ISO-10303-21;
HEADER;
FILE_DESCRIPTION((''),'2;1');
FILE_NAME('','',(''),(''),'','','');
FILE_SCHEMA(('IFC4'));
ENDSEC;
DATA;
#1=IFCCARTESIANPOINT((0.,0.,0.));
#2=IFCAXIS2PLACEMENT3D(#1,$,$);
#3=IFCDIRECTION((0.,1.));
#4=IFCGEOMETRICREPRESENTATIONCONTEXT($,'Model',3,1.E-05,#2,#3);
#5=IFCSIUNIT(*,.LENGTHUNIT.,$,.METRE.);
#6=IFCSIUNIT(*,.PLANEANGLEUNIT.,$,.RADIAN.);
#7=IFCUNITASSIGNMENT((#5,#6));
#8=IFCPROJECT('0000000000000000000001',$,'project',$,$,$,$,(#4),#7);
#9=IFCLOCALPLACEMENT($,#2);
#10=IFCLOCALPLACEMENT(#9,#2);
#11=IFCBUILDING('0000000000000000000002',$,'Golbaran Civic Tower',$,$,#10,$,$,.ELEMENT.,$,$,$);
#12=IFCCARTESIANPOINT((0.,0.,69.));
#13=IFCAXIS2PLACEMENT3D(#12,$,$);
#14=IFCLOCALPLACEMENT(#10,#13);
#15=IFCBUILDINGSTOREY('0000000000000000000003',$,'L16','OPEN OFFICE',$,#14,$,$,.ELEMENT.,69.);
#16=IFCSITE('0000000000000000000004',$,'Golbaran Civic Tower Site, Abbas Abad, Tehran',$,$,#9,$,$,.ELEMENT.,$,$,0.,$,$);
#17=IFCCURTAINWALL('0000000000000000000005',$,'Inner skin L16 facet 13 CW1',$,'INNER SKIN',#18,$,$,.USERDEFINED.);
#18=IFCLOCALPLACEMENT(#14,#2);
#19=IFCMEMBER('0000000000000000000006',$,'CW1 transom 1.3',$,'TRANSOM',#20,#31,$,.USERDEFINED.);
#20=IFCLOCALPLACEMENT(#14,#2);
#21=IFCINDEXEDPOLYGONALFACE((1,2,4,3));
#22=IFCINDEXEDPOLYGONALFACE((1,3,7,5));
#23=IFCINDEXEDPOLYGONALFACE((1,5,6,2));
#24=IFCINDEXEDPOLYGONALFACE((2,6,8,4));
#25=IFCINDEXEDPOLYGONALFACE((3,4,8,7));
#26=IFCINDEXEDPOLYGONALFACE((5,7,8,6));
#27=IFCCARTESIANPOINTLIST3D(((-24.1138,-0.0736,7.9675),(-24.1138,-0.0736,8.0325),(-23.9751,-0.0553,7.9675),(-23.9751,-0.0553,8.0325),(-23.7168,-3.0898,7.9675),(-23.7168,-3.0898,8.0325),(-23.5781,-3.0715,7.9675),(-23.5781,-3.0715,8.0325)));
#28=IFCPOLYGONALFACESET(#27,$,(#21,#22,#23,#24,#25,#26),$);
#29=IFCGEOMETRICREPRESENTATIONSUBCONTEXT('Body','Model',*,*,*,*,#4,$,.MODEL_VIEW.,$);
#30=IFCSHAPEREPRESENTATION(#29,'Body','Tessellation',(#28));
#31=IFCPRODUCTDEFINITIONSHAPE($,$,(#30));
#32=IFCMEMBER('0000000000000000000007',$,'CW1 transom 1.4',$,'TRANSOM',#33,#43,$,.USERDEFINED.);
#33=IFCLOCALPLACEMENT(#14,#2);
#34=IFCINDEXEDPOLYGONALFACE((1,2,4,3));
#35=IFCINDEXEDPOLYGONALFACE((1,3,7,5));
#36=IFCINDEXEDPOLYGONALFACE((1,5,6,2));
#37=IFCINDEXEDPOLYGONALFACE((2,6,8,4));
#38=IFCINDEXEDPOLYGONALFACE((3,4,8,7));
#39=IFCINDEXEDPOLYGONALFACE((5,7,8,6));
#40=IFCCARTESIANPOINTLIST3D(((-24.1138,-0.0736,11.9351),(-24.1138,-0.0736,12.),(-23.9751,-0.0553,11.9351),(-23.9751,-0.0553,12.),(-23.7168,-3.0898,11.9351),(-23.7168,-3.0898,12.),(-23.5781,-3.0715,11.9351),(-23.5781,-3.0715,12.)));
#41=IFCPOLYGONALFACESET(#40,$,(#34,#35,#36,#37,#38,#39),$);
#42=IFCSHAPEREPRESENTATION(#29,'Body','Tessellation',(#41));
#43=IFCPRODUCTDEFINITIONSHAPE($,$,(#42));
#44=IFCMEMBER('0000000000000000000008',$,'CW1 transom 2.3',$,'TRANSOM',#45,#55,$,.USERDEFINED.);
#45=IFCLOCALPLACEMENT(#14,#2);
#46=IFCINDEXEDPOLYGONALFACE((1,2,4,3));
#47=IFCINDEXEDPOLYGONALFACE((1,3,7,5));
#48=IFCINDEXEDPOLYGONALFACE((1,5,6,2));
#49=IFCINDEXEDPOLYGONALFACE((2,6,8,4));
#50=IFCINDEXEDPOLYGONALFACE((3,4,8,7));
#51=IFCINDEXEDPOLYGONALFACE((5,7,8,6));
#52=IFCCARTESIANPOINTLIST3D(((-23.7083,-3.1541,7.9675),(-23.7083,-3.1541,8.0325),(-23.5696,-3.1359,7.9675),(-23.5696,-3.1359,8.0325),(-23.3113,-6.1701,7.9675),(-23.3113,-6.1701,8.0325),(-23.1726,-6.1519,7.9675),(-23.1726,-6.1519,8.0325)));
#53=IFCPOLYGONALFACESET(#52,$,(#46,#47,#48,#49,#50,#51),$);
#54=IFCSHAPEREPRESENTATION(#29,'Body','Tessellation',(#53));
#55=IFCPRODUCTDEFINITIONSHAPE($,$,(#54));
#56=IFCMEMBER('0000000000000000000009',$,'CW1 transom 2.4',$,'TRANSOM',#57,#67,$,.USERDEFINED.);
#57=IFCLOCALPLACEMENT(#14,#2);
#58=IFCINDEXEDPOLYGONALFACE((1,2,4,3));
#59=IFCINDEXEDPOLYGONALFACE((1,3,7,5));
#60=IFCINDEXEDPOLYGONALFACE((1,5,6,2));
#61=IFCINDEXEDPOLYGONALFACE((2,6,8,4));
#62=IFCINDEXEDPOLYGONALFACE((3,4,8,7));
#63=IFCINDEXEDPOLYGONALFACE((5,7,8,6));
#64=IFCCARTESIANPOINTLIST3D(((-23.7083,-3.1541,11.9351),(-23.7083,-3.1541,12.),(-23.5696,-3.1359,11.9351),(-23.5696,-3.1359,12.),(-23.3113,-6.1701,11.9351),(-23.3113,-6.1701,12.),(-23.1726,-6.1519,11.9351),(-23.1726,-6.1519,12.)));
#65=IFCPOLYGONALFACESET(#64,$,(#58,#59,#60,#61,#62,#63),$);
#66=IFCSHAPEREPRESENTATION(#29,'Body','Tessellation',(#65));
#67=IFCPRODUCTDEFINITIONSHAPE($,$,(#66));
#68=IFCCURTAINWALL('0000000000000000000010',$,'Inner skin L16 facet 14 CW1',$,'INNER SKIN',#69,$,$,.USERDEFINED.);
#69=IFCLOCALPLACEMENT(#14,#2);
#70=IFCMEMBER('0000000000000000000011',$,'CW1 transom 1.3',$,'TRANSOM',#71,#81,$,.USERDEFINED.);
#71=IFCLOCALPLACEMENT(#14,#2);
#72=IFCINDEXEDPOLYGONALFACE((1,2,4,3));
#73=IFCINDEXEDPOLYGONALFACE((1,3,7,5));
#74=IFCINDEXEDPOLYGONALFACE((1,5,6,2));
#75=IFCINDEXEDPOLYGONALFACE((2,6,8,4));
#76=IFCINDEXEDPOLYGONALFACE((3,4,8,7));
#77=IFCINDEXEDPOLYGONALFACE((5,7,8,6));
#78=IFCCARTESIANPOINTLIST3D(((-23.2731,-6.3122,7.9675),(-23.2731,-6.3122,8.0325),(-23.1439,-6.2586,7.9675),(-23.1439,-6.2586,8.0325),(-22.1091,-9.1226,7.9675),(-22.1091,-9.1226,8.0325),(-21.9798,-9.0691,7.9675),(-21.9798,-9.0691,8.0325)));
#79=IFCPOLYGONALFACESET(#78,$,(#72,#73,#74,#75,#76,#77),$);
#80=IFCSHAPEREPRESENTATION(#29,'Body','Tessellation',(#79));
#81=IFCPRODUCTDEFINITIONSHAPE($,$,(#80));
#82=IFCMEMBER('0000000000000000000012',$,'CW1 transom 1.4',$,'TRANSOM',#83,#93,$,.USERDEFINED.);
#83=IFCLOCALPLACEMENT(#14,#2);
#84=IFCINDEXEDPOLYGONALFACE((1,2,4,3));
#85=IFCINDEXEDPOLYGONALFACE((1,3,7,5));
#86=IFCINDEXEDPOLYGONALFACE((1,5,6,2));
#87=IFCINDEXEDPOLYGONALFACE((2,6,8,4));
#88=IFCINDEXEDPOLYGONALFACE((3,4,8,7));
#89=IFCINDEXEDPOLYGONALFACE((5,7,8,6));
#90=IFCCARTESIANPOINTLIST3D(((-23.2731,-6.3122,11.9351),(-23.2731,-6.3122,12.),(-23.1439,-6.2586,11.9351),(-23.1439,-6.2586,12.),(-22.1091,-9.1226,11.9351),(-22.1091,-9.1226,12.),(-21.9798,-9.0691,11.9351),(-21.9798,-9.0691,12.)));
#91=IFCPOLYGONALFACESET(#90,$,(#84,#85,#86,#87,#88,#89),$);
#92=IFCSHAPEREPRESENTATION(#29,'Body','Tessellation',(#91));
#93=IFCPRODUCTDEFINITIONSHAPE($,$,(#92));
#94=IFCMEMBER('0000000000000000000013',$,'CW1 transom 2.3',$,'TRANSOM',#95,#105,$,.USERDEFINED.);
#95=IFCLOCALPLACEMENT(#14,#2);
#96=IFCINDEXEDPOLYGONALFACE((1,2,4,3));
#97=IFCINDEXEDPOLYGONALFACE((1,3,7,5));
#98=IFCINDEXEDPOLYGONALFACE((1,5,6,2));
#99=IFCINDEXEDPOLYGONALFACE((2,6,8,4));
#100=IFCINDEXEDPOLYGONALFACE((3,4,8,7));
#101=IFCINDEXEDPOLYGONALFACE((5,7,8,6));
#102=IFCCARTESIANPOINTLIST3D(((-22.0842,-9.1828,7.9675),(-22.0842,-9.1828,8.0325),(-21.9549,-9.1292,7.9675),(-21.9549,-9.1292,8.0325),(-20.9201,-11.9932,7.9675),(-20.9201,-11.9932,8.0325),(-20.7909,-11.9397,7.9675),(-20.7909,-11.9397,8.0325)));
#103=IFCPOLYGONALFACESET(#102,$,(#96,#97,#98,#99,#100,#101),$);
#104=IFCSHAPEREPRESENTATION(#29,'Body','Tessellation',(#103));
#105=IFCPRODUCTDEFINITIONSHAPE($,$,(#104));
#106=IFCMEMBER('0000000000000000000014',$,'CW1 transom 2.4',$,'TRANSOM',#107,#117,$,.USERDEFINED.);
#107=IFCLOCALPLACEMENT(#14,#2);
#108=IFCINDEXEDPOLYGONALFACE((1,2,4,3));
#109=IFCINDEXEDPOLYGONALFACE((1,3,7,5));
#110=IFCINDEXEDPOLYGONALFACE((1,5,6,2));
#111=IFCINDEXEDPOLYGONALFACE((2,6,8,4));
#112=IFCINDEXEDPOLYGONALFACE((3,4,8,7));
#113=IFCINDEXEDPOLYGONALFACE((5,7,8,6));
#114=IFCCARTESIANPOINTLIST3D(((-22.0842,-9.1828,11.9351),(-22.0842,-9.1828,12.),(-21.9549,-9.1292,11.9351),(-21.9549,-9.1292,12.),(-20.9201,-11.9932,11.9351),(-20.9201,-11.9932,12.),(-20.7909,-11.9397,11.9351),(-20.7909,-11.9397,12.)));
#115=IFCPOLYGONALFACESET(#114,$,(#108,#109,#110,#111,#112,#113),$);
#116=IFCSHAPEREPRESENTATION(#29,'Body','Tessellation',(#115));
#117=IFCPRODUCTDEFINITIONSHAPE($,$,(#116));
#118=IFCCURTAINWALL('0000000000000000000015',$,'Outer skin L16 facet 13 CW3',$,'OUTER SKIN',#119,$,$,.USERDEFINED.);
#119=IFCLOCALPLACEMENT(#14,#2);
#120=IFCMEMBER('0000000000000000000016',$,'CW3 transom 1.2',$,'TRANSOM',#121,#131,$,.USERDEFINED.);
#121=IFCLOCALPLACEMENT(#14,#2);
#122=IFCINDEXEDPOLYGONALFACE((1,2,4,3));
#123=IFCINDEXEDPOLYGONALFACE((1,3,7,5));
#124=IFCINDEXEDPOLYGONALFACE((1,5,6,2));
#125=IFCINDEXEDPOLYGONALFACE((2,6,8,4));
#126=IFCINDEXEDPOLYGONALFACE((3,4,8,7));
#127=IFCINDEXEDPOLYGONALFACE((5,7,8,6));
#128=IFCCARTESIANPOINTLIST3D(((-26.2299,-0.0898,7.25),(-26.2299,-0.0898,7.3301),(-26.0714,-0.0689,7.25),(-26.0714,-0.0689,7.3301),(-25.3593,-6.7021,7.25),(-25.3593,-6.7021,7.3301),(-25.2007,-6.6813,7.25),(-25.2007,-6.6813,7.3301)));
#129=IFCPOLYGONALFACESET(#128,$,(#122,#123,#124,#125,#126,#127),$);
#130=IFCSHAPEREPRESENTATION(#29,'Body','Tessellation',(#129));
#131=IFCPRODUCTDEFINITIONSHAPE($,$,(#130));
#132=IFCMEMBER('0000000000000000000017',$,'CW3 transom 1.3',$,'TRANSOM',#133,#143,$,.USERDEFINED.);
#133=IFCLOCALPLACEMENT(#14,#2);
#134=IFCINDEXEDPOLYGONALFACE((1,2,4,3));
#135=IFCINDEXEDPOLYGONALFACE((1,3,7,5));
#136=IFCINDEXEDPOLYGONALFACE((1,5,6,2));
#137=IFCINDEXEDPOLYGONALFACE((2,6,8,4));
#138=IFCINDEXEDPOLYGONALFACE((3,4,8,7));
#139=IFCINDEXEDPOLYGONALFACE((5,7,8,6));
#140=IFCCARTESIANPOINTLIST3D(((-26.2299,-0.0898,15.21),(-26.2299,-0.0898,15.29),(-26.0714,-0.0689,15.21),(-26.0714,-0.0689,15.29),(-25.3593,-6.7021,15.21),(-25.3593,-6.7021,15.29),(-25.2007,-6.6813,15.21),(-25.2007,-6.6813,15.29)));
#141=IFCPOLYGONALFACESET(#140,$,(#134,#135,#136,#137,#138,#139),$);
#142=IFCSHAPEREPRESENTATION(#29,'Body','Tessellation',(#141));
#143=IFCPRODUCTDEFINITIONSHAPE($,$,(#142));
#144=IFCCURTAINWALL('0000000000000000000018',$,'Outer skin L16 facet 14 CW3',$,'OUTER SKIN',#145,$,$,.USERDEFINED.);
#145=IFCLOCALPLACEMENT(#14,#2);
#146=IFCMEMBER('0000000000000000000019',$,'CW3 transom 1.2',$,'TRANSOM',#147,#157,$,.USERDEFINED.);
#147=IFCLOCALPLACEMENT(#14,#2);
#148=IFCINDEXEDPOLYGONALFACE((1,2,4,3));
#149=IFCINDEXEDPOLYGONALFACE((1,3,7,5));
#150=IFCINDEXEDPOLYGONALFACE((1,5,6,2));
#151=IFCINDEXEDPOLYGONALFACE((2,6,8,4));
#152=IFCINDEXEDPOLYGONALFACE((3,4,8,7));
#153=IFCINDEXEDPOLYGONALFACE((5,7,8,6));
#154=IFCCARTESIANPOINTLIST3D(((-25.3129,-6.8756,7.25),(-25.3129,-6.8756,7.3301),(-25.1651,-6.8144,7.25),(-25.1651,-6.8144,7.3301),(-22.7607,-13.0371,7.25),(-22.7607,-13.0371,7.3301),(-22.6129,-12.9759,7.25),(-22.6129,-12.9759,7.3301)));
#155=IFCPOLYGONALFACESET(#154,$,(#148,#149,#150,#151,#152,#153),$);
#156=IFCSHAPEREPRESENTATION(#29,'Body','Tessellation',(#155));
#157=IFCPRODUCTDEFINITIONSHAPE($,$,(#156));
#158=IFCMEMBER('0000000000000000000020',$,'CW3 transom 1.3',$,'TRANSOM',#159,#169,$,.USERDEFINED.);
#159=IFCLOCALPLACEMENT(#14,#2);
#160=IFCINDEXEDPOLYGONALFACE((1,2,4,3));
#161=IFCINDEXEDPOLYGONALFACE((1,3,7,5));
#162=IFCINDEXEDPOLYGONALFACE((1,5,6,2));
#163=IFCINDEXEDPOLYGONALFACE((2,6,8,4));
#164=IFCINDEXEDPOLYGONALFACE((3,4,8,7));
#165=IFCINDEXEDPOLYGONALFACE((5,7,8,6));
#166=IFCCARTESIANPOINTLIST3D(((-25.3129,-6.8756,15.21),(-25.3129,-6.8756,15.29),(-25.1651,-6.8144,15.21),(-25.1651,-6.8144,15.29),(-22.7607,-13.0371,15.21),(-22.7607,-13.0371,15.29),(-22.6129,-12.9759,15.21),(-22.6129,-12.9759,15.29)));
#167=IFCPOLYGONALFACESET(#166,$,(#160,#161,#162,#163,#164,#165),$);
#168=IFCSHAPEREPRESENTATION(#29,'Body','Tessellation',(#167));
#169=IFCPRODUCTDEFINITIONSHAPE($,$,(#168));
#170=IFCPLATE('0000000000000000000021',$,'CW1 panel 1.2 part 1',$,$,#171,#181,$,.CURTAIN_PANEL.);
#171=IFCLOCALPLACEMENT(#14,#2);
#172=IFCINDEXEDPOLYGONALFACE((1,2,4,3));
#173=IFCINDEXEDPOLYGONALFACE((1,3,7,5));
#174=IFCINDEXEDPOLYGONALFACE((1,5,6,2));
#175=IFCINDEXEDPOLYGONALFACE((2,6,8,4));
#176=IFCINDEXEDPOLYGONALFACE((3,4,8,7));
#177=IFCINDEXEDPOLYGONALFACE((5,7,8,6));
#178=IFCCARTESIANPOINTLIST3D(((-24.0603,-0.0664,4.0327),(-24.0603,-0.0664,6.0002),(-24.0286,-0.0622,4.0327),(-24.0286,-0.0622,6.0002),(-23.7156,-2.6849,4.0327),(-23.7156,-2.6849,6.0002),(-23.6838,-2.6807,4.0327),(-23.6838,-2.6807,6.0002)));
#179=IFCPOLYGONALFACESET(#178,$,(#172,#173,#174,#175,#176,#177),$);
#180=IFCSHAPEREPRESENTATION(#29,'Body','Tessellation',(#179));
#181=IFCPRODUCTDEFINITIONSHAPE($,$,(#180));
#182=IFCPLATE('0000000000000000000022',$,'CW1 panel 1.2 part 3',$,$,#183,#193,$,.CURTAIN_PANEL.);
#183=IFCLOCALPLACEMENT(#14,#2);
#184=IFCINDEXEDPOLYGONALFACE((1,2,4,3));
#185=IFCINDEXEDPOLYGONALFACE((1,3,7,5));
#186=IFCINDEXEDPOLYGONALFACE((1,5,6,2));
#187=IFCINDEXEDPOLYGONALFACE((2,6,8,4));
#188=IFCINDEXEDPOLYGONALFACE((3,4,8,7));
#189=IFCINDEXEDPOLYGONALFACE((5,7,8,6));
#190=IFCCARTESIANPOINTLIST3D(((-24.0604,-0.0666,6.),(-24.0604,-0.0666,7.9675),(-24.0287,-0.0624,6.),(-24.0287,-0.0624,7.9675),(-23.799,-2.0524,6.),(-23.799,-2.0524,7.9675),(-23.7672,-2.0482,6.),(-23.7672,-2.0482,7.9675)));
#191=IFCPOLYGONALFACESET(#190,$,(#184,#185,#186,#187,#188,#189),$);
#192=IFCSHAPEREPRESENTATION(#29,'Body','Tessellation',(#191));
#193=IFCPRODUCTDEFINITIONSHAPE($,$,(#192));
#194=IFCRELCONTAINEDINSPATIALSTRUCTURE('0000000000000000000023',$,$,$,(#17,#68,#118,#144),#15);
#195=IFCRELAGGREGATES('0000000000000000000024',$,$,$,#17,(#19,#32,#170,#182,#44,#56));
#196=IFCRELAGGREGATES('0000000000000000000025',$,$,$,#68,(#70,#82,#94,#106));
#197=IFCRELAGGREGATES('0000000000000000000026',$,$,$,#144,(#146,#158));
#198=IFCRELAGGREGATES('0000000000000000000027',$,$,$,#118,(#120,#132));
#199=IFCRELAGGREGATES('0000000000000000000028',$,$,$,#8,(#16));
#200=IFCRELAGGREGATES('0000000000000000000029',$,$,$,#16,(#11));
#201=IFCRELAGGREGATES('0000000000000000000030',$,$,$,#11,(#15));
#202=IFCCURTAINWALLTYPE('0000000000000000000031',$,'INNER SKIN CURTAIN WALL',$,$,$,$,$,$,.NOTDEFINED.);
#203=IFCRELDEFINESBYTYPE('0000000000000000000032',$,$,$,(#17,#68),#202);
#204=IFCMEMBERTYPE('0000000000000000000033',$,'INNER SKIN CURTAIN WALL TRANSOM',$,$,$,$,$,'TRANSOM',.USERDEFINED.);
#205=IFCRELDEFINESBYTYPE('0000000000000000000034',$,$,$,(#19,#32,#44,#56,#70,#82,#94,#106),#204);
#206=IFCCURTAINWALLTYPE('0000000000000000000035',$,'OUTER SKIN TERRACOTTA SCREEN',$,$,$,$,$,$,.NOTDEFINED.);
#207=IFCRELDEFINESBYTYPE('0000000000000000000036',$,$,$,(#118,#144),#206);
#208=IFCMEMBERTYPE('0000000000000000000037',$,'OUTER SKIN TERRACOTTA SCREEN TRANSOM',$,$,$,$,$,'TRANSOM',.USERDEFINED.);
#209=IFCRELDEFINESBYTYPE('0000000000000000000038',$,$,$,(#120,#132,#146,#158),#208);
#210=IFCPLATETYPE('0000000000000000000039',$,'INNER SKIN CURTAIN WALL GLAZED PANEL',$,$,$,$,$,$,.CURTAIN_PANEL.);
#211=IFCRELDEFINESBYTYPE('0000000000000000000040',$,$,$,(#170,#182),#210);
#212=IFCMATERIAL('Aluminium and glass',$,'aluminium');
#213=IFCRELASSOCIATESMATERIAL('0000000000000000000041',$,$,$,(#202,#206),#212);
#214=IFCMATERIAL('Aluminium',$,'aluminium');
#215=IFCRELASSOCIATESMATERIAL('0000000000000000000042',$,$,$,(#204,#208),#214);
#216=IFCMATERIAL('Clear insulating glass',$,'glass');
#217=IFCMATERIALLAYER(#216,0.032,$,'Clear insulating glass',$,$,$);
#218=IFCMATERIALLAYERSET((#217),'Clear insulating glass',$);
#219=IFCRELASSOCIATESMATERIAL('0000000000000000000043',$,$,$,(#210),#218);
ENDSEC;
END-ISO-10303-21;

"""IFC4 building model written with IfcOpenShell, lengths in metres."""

from ifc_helpers import new_model, si_unit, direction, frame, origin, origin_2d, place, context, subcontext, project, spatial, rectangle, extrude, material, layer, layer_set, material_profile, profile_set, type_object, element, aggregate, save


model = new_model("IFC4")

# Units and contexts
model_context = context("Model", 3, precision=1e-05, world=origin(), true_north=direction((0.0, 1.0)))
body_context = subcontext(model_context, "Body", "Model", "MODEL_VIEW")
ifc_project = project(units=[si_unit("LENGTHUNIT", "METRE"), si_unit("PLANEANGLEUNIT", "RADIAN")], contexts=[model_context])

# Site, building, storey
site_placement = place(None, origin())
site = spatial("IfcSite", under=ifc_project, at=site_placement, Name="Golbaran Civic Tower Site, Abbas Abad, Tehran", CompositionType="ELEMENT", RefElevation=0.0)
building_placement = place(site_placement, origin())
building = spatial("IfcBuilding", under=site, at=building_placement, Name="Golbaran Civic Tower", CompositionType="ELEMENT")
storey_placement = place(building_placement, frame((0.0, 0.0, 69.0)))
storey = spatial("IfcBuildingStorey", under=building, at=storey_placement, Name="L16", Description="OPEN OFFICE", CompositionType="ELEMENT", Elevation=69.0)

# Curtain walls, members
ifc_material_1 = material(Name="Aluminium and glass", Category="aluminium")
curtain_wall_type_1 = type_object("IfcCurtainWallType", Name="INNER SKIN CURTAIN WALL", PredefinedType="NOTDEFINED", material=ifc_material_1)
curtain_wall_1_placement = place(storey_placement, origin())
curtain_wall_1 = element("IfcCurtainWall", 1, at=curtain_wall_1_placement, inside=storey, type_object=curtain_wall_type_1, Name="Inner skin L16 facet 13 CW1", ObjectType="INNER SKIN", PredefinedType="USERDEFINED")
ifc_material_2 = material(Name="Aluminium", Category="aluminium")
ifc_material_profile_1 = material_profile(ifc_material_2, rectangle(XDim=0.1399, YDim=0.0649, at=origin_2d()), Name="INNER SKIN CURTAIN WALL TRANSOM")
ifc_profile_set_1 = profile_set([ifc_material_profile_1], Name="Aluminium")
member_type_1 = type_object("IfcMemberType", Name="INNER SKIN CURTAIN WALL TRANSOM", ElementType="TRANSOM", PredefinedType="USERDEFINED", material=ifc_profile_set_1)
member_1_placement = place(storey_placement, frame((-24.0444, -0.0645, 8.0), z_axis=(0.130492, -0.991449, 0.0), x_axis=(0.991449, 0.130492, 0.0)))
member_1 = element("IfcMember", 2, at=member_1_placement, type_object=member_type_1, Name="CW1 transom 1.3", ObjectType="TRANSOM", PredefinedType="USERDEFINED", context=body_context, shape_type="SweptSolid", body=[
    extrude(rectangle(XDim=0.1399, YDim=0.0649, at=origin_2d()), origin(), (0.0, 0.0, 1.0), 3.0422),
])
member_2_placement = place(storey_placement, frame((-24.0444, -0.0645, 11.9675), z_axis=(0.130492, -0.991449, 0.0), x_axis=(0.991449, 0.130492, 0.0)))
member_2 = element("IfcMember", 3, at=member_2_placement, type_object=member_type_1, Name="CW1 transom 1.4", ObjectType="TRANSOM", PredefinedType="USERDEFINED", context=body_context, shape_type="SweptSolid", body=[
    extrude(rectangle(XDim=0.1399, YDim=0.0649, at=origin_2d()), origin(), (0.0, 0.0, 1.0), 3.0422),
])
member_3_placement = place(storey_placement, frame((-23.6389, -3.145, 8.0), z_axis=(0.130502, -0.991448, 0.0), x_axis=(0.991448, 0.130502, 0.0)))
member_3 = element("IfcMember", 4, at=member_3_placement, type_object=member_type_1, Name="CW1 transom 2.3", ObjectType="TRANSOM", PredefinedType="USERDEFINED", context=body_context, shape_type="SweptSolid", body=[
    extrude(rectangle(XDim=0.1399, YDim=0.0649, at=origin_2d()), origin(), (0.0, 0.0, 1.0), 3.042),
])
member_4_placement = place(storey_placement, frame((-23.6389, -3.145, 11.9675), z_axis=(0.130502, -0.991448, 0.0), x_axis=(0.991448, 0.130502, 0.0)))
member_4 = element("IfcMember", 5, at=member_4_placement, type_object=member_type_1, Name="CW1 transom 2.4", ObjectType="TRANSOM", PredefinedType="USERDEFINED", context=body_context, shape_type="SweptSolid", body=[
    extrude(rectangle(XDim=0.1399, YDim=0.0649, at=origin_2d()), origin(), (0.0, 0.0, 1.0), 3.042),
])
curtain_wall_2_placement = place(storey_placement, origin())
curtain_wall_2 = element("IfcCurtainWall", 6, at=curtain_wall_2_placement, inside=storey, type_object=curtain_wall_type_1, Name="Inner skin L16 facet 14 CW1", ObjectType="INNER SKIN", PredefinedType="USERDEFINED")
member_5_placement = place(storey_placement, frame((-23.2085, -6.2854, 8.0), z_axis=(0.382654, -0.923892, 0.0), x_axis=(0.923892, 0.382654, 0.0)))
member_5 = element("IfcMember", 7, at=member_5_placement, type_object=member_type_1, Name="CW1 transom 1.3", ObjectType="TRANSOM", PredefinedType="USERDEFINED", context=body_context, shape_type="SweptSolid", body=[
    extrude(rectangle(XDim=0.1399, YDim=0.0649, at=origin_2d()), origin(), (0.0, 0.0, 1.0), 3.042),
])
member_6_placement = place(storey_placement, frame((-23.2085, -6.2854, 11.9675), z_axis=(0.382654, -0.923892, 0.0), x_axis=(0.923892, 0.382654, 0.0)))
member_6 = element("IfcMember", 8, at=member_6_placement, type_object=member_type_1, Name="CW1 transom 1.4", ObjectType="TRANSOM", PredefinedType="USERDEFINED", context=body_context, shape_type="SweptSolid", body=[
    extrude(rectangle(XDim=0.1399, YDim=0.0649, at=origin_2d()), origin(), (0.0, 0.0, 1.0), 3.042),
])
member_7_placement = place(storey_placement, frame((-22.0195, -9.156, 8.0), z_axis=(0.382654, -0.923892, 0.0), x_axis=(0.923892, 0.382654, 0.0)))
member_7 = element("IfcMember", 9, at=member_7_placement, type_object=member_type_1, Name="CW1 transom 2.3", ObjectType="TRANSOM", PredefinedType="USERDEFINED", context=body_context, shape_type="SweptSolid", body=[
    extrude(rectangle(XDim=0.1399, YDim=0.0649, at=origin_2d()), origin(), (0.0, 0.0, 1.0), 3.042),
])
member_8_placement = place(storey_placement, frame((-22.0195, -9.156, 11.9675), z_axis=(0.382654, -0.923892, 0.0), x_axis=(0.923892, 0.382654, 0.0)))
member_8 = element("IfcMember", 10, at=member_8_placement, type_object=member_type_1, Name="CW1 transom 2.4", ObjectType="TRANSOM", PredefinedType="USERDEFINED", context=body_context, shape_type="SweptSolid", body=[
    extrude(rectangle(XDim=0.1399, YDim=0.0649, at=origin_2d()), origin(), (0.0, 0.0, 1.0), 3.042),
])
curtain_wall_type_2 = type_object("IfcCurtainWallType", Name="OUTER SKIN TERRACOTTA SCREEN", PredefinedType="NOTDEFINED", material=ifc_material_1)
curtain_wall_3_placement = place(storey_placement, origin())
curtain_wall_3 = element("IfcCurtainWall", 11, at=curtain_wall_3_placement, inside=storey, type_object=curtain_wall_type_2, Name="Outer skin L16 facet 13 CW3", ObjectType="OUTER SKIN", PredefinedType="USERDEFINED")
ifc_material_profile_2 = material_profile(ifc_material_2, rectangle(XDim=0.1599, YDim=0.0801, at=origin_2d()), Name="OUTER SKIN TERRACOTTA SCREEN TRANSOM")
ifc_profile_set_2 = profile_set([ifc_material_profile_2], Name="Aluminium")
member_type_2 = type_object("IfcMemberType", Name="OUTER SKIN TERRACOTTA SCREEN TRANSOM", ElementType="TRANSOM", PredefinedType="USERDEFINED", material=ifc_profile_set_2)
member_9_placement = place(storey_placement, frame((-26.1506, -0.0793, 7.29), z_axis=(0.130538, -0.991443, 0.0), x_axis=(0.991443, 0.130538, 0.0)))
member_9 = element("IfcMember", 12, at=member_9_placement, type_object=member_type_2, Name="CW3 transom 1.2", ObjectType="TRANSOM", PredefinedType="USERDEFINED", context=body_context, shape_type="SweptSolid", body=[
    extrude(rectangle(XDim=0.1599, YDim=0.0801, at=origin_2d()), origin(), (0.0, 0.0, 1.0), 6.6694),
])
member_10_placement = place(storey_placement, frame((-26.1506, -0.0793, 15.25), z_axis=(0.130538, -0.991443, 0.0), x_axis=(0.991443, 0.130538, 0.0)))
member_10 = element("IfcMember", 13, at=member_10_placement, type_object=member_type_2, Name="CW3 transom 1.3", ObjectType="TRANSOM", PredefinedType="USERDEFINED", context=body_context, shape_type="SweptSolid", body=[
    extrude(rectangle(XDim=0.1599, YDim=0.0801, at=origin_2d()), origin(), (0.0, 0.0, 1.0), 6.6694),
])
curtain_wall_4_placement = place(storey_placement, origin())
curtain_wall_4 = element("IfcCurtainWall", 14, at=curtain_wall_4_placement, inside=storey, type_object=curtain_wall_type_2, Name="Outer skin L16 facet 14 CW3", ObjectType="OUTER SKIN", PredefinedType="USERDEFINED")
member_11_placement = place(storey_placement, frame((-25.239, -6.845, 7.29), z_axis=(0.382686, -0.923879, 0.0), x_axis=(0.923879, 0.382686, 0.0)))
member_11 = element("IfcMember", 15, at=member_11_placement, type_object=member_type_2, Name="CW3 transom 1.2", ObjectType="TRANSOM", PredefinedType="USERDEFINED", context=body_context, shape_type="SweptSolid", body=[
    extrude(rectangle(XDim=0.1599, YDim=0.0801, at=origin_2d()), origin(), (0.0, 0.0, 1.0), 6.6692),
])
member_12_placement = place(storey_placement, frame((-25.239, -6.845, 15.25), z_axis=(0.382686, -0.923879, 0.0), x_axis=(0.923879, 0.382686, 0.0)))
member_12 = element("IfcMember", 16, at=member_12_placement, type_object=member_type_2, Name="CW3 transom 1.3", ObjectType="TRANSOM", PredefinedType="USERDEFINED", context=body_context, shape_type="SweptSolid", body=[
    extrude(rectangle(XDim=0.1599, YDim=0.0801, at=origin_2d()), origin(), (0.0, 0.0, 1.0), 6.6692),
])

# Plates
ifc_material_3 = material(Name="Clear insulating glass", Category="glass")
ifc_layer_1 = layer(ifc_material_3, 0.032, Name="Clear insulating glass")
ifc_layer_set_1 = layer_set([ifc_layer_1], Name="Clear insulating glass")
plate_type_1 = type_object("IfcPlateType", Name="INNER SKIN CURTAIN WALL GLAZED PANEL", PredefinedType="CURTAIN_PANEL", material=ifc_layer_set_1)
plate_1_placement = place(storey_placement, frame((-23.8721, -1.3735, 4.0327), z_axis=(0.0, 0.0, 1.0), x_axis=(0.130526, -0.991445, 0.0)))
plate_1 = element("IfcPlate", 17, at=plate_1_placement, type_object=plate_type_1, Name="CW1 panel 1.2 part 1", PredefinedType="CURTAIN_PANEL", context=body_context, shape_type="SweptSolid", body=[
    extrude(rectangle(XDim=2.6411, YDim=0.032, at=origin_2d()), origin(), (0.0, 0.0, 1.0), 1.9675),
])
plate_2_placement = place(storey_placement, frame((-23.9138, -1.0574, 6.0), z_axis=(0.0, 0.0, 1.0), x_axis=(0.130526, -0.991445, 0.0)))
plate_2 = element("IfcPlate", 18, at=plate_2_placement, type_object=plate_type_1, Name="CW1 panel 1.2 part 3", PredefinedType="CURTAIN_PANEL", context=body_context, shape_type="SweptSolid", body=[
    extrude(rectangle(XDim=2.0029, YDim=0.032, at=origin_2d()), origin(), (0.0, 0.0, 1.0), 1.9675),
])
aggregate(curtain_wall_1, [member_1, member_2, plate_1, plate_2, member_3, member_4])
aggregate(curtain_wall_2, [member_5, member_6, member_7, member_8])
aggregate(curtain_wall_4, [member_11, member_12])
aggregate(curtain_wall_3, [member_9, member_10])

save(model, "model.ifc")
